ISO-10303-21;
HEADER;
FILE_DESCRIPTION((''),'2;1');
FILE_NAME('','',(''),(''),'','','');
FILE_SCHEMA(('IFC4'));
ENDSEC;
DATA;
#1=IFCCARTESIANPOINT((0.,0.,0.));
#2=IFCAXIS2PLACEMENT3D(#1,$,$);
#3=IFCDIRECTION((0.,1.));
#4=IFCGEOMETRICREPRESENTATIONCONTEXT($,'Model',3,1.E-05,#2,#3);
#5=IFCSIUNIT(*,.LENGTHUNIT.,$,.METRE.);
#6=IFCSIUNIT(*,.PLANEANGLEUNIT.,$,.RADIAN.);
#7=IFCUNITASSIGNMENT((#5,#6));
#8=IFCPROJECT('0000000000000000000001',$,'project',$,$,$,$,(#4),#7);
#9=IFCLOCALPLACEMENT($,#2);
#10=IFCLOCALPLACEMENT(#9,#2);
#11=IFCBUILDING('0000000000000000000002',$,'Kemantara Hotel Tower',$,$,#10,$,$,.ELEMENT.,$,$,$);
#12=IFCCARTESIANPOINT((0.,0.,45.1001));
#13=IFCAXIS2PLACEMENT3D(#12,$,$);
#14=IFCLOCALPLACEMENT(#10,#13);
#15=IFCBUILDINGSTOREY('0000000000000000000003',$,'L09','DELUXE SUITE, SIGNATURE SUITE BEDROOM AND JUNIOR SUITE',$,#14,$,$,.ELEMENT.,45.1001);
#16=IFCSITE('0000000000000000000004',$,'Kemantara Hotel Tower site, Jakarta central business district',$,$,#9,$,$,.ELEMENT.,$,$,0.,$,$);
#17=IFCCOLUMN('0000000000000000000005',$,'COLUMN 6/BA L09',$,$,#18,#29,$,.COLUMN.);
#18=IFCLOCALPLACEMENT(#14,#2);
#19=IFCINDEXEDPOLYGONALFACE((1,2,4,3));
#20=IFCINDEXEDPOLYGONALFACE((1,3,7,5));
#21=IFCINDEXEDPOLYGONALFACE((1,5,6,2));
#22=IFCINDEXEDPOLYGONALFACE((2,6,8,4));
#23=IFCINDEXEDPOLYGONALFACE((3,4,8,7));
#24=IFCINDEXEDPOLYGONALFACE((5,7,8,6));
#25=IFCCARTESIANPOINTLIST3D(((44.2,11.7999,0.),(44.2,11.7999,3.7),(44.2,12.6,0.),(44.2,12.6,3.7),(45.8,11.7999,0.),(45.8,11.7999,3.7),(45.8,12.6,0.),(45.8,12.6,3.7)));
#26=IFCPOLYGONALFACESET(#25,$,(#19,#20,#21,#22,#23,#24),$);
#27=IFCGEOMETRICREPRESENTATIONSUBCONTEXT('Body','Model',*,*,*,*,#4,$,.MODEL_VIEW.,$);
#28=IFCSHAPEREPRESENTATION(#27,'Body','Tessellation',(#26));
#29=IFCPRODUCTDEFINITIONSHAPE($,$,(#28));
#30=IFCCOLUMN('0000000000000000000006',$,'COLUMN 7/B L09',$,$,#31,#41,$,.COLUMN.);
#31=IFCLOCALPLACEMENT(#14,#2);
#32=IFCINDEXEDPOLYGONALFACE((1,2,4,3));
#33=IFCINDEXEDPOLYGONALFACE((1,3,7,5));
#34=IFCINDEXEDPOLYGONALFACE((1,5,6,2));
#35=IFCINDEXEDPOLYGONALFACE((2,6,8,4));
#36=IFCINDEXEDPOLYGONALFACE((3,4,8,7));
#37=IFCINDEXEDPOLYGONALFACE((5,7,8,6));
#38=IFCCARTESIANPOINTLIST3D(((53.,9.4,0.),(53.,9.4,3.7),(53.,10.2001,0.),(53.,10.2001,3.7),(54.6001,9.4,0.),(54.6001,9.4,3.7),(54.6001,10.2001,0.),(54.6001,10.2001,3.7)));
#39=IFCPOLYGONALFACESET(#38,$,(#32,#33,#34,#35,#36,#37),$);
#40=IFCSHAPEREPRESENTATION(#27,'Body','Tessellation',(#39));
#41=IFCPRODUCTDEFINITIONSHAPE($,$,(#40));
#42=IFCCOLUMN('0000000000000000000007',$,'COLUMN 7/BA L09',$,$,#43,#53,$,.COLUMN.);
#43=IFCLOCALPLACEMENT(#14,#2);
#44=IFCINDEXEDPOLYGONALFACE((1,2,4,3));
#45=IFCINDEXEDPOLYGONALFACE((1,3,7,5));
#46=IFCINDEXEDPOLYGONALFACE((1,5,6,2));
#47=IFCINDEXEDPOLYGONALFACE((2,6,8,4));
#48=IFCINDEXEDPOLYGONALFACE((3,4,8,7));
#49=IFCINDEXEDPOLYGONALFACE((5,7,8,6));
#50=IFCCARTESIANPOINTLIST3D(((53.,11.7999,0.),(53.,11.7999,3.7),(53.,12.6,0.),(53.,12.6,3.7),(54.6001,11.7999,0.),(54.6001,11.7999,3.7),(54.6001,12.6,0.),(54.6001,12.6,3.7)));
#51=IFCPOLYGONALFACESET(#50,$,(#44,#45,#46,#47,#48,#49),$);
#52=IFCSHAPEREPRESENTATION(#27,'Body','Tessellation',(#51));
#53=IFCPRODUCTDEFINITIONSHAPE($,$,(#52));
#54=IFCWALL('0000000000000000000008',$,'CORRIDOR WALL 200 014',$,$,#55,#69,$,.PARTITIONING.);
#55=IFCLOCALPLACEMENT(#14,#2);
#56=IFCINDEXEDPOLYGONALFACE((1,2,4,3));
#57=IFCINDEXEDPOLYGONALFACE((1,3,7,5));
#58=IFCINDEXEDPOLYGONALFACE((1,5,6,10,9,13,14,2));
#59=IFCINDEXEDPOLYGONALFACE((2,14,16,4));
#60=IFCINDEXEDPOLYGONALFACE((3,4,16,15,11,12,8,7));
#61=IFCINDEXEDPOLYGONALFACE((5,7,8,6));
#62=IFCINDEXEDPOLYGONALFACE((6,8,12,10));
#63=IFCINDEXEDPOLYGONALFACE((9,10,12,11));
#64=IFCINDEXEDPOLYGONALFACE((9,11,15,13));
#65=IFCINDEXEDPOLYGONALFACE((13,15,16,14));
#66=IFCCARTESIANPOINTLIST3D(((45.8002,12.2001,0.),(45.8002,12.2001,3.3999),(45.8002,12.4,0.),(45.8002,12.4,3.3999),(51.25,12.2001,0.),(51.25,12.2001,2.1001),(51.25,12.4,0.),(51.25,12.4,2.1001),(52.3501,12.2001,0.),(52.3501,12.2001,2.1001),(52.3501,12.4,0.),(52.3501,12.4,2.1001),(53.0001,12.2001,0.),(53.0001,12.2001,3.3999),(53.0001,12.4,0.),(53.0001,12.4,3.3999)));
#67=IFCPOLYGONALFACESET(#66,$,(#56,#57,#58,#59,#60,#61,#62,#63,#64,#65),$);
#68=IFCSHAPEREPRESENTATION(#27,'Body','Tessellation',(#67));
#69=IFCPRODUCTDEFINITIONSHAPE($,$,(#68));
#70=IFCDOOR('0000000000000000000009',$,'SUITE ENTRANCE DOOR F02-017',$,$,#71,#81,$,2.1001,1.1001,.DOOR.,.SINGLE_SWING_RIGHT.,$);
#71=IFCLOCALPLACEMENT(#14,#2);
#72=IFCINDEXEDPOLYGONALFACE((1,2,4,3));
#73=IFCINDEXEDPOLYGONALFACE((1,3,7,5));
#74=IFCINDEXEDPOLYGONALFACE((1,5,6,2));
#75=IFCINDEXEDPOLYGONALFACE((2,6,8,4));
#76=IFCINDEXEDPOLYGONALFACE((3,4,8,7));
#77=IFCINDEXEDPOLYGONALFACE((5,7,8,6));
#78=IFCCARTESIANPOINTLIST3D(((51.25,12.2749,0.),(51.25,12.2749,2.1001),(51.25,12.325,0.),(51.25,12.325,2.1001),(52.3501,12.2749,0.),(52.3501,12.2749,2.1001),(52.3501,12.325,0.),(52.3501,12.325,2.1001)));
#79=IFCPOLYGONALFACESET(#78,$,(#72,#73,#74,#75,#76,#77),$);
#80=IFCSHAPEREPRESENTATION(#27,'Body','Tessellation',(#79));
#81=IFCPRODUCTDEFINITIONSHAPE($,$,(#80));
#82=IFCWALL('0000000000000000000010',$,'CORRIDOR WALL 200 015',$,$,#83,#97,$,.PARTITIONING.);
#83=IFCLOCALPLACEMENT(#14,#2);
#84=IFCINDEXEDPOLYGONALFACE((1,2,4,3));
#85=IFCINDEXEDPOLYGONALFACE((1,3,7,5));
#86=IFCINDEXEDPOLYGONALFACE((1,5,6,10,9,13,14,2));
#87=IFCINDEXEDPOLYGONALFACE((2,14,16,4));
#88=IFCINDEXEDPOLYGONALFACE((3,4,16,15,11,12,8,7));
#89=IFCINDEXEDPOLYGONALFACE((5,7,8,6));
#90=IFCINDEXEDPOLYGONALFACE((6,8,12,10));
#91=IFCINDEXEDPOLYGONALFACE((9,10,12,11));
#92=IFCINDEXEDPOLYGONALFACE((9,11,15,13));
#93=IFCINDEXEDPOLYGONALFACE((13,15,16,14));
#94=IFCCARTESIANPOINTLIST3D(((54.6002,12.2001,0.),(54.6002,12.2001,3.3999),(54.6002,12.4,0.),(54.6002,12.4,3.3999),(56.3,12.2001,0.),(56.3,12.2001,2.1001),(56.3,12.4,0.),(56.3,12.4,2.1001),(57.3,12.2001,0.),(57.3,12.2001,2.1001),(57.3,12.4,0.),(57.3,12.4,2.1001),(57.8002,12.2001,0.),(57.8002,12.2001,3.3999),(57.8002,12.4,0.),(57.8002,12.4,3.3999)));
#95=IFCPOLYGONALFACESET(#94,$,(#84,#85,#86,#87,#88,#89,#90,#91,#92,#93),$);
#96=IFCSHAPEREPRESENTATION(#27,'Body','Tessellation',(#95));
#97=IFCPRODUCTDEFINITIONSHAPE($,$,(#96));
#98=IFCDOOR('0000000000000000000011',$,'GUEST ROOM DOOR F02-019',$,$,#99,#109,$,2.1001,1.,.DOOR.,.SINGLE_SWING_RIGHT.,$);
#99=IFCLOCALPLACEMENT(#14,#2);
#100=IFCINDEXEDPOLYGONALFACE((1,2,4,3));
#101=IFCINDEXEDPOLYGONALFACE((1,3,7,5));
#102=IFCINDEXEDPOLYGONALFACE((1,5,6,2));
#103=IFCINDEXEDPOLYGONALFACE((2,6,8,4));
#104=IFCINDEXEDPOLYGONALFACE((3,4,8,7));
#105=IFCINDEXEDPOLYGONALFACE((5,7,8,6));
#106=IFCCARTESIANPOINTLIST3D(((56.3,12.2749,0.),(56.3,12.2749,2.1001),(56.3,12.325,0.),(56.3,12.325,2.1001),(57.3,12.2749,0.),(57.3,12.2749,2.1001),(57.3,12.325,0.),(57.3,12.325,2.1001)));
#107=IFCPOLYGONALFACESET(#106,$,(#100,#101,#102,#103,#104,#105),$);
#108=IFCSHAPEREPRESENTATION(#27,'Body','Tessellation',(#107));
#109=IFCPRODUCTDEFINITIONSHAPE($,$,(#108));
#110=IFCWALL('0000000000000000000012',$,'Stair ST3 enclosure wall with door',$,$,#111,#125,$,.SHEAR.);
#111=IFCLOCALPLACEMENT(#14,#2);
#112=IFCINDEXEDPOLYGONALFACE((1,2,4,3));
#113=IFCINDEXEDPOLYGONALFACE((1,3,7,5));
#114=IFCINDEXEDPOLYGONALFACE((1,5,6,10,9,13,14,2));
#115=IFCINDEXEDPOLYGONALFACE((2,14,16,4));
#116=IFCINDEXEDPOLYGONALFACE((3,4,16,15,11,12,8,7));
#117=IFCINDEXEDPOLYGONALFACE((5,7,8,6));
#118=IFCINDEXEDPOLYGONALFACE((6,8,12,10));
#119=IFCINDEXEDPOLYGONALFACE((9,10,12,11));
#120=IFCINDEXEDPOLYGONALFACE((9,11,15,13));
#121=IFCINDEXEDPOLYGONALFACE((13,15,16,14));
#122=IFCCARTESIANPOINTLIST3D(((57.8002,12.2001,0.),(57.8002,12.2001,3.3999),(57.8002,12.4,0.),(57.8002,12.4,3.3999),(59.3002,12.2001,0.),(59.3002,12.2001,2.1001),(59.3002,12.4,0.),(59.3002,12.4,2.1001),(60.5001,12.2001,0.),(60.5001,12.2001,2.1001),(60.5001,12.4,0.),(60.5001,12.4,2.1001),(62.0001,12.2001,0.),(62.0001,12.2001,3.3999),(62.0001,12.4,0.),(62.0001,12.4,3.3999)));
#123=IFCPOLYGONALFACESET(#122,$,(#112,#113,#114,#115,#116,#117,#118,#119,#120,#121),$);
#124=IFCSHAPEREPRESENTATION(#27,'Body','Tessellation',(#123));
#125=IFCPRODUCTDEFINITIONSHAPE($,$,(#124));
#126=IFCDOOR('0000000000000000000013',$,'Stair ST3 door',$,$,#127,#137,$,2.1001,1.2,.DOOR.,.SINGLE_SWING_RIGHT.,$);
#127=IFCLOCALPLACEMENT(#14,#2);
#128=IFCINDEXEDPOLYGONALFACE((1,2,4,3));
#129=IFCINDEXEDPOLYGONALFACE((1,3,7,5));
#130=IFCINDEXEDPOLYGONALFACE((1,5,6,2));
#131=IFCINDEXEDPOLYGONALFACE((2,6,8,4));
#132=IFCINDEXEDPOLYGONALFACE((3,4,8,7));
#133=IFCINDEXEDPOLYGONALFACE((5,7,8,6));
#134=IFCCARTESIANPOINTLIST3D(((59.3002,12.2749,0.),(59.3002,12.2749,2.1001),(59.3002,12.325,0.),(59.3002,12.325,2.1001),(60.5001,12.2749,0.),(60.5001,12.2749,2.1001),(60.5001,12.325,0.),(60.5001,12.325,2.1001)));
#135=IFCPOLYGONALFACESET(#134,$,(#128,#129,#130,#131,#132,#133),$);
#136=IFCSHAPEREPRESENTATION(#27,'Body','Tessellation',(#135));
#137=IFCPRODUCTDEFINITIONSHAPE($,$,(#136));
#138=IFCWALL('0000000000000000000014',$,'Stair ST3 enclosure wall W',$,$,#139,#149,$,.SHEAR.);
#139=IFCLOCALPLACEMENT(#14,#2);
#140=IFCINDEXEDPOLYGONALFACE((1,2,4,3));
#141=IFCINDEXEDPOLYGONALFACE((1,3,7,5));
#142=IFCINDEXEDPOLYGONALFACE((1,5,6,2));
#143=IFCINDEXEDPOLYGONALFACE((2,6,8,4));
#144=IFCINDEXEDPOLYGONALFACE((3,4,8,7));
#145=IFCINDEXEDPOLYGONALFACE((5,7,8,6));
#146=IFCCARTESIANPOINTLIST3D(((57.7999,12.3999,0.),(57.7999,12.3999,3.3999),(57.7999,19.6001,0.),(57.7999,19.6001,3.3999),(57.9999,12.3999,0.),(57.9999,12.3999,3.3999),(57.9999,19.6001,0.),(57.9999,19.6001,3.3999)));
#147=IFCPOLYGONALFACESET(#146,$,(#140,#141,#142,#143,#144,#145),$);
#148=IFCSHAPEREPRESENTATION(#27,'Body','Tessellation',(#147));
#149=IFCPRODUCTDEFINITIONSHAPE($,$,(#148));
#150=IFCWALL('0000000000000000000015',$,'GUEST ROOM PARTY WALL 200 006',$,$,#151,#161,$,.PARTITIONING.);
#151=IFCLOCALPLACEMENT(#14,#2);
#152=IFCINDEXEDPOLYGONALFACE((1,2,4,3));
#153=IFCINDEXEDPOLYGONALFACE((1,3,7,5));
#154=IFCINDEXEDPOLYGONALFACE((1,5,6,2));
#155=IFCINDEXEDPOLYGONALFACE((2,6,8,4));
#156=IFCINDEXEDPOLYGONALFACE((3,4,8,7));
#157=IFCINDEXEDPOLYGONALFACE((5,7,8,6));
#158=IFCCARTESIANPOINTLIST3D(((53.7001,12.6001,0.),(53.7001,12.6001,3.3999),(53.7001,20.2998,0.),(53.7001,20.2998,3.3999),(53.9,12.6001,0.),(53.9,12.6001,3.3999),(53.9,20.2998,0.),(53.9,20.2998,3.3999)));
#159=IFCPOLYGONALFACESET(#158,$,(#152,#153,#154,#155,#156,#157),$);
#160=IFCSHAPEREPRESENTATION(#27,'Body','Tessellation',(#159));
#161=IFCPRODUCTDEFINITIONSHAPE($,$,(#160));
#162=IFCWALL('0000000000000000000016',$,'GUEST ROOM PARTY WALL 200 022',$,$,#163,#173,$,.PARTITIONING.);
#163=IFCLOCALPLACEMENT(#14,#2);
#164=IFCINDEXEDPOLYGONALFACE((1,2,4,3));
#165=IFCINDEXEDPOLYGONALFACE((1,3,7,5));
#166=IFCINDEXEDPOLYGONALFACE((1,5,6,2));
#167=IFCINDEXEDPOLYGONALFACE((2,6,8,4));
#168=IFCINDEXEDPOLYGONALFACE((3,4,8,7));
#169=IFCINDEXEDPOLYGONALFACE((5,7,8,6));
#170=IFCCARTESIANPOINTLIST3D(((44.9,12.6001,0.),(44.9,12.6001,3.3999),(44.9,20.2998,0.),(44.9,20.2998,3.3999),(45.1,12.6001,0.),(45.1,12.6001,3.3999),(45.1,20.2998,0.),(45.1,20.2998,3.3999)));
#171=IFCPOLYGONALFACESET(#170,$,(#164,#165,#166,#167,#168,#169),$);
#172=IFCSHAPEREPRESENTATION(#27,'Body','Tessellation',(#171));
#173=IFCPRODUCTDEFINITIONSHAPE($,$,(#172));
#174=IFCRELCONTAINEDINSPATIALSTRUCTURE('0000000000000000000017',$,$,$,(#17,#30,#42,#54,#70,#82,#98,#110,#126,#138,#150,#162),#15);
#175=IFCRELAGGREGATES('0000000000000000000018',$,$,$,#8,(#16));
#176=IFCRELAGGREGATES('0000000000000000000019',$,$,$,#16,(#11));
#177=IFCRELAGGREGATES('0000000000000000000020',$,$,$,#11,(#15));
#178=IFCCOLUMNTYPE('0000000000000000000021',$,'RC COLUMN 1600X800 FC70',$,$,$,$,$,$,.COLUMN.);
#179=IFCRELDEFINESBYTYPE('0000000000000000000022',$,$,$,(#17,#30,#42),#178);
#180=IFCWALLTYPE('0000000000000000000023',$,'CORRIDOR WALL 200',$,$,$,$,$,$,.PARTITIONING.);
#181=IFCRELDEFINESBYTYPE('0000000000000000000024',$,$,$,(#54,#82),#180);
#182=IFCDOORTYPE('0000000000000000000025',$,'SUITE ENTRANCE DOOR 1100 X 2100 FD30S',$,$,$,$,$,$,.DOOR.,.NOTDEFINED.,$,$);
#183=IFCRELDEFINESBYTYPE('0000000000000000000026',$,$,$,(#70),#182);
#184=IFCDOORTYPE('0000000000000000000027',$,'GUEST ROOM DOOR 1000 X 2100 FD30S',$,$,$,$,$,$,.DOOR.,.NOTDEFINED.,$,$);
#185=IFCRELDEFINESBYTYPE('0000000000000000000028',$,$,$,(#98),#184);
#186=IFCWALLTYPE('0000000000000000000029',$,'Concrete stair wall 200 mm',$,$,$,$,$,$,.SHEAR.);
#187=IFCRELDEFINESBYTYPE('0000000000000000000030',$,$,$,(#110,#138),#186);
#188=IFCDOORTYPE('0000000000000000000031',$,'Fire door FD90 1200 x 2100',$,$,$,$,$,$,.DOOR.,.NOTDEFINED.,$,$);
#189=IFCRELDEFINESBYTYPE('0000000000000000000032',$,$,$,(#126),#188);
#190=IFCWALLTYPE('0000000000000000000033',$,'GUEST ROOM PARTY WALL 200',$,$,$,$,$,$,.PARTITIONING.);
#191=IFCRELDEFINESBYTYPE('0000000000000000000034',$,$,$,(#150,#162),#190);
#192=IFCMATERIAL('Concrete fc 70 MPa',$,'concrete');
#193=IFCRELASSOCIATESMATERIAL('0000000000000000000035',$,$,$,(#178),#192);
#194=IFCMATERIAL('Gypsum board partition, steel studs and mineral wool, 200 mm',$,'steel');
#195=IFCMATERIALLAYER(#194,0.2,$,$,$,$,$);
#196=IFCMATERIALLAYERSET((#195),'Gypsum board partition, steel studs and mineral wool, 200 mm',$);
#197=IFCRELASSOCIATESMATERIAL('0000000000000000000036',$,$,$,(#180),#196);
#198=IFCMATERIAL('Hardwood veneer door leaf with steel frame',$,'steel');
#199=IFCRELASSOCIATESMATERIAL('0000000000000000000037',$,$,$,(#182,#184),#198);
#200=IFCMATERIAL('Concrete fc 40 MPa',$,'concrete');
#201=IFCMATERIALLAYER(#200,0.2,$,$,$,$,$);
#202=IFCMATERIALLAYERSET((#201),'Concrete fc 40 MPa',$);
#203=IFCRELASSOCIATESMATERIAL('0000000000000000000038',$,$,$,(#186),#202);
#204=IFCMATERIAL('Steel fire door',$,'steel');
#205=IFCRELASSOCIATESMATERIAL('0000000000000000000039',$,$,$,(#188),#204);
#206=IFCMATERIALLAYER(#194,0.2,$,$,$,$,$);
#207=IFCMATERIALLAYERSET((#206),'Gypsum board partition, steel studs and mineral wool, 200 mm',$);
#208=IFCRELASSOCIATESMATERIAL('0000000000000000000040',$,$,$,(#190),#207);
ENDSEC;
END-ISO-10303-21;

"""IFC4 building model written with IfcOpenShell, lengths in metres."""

from ifc_helpers import new_model, si_unit, direction, frame, frame_2d, origin, origin_2d, place, context, subcontext, project, spatial, rectangle, extrude, material, layer, layer_set, material_profile, profile_set, type_object, element, fill, save


model = new_model("IFC4")

# Units and contexts
model_context = context("Model", 3, precision=1e-05, world=origin(), true_north=direction((0.0, 1.0)))
body_context = subcontext(model_context, "Body", "Model", "MODEL_VIEW")
ifc_project = project(units=[si_unit("LENGTHUNIT", "METRE"), si_unit("PLANEANGLEUNIT", "RADIAN")], contexts=[model_context])

# Site, building, storey
site_placement = place(None, origin())
site = spatial("IfcSite", under=ifc_project, at=site_placement, Name="Kemantara Hotel Tower site, Jakarta central business district", CompositionType="ELEMENT", RefElevation=0.0)
building_placement = place(site_placement, origin())
building = spatial("IfcBuilding", under=site, at=building_placement, Name="Kemantara Hotel Tower", CompositionType="ELEMENT")
storey_placement = place(building_placement, frame((0.0, 0.0, 45.1001)))
storey = spatial("IfcBuildingStorey", under=building, at=storey_placement, Name="L09", Description="DELUXE SUITE, SIGNATURE SUITE BEDROOM AND JUNIOR SUITE", CompositionType="ELEMENT", Elevation=45.1001)

# Columns
ifc_material_1 = material(Name="Concrete fc 70 MPa", Category="concrete")
ifc_material_profile = material_profile(ifc_material_1, rectangle(XDim=1.6001, YDim=0.8, at=origin_2d()), Name="RC 1600X800")
ifc_profile_set = profile_set([ifc_material_profile], Name="Concrete fc 70 MPa")
column_type = type_object("IfcColumnType", Name="RC COLUMN 1600X800 FC70", PredefinedType="COLUMN", material=ifc_profile_set)
for number, where, z_axis, x_axis, name in (
    (1, (45.0, 12.2, 0.0), (0.0, 0.0, 1.0), (1.0, 0.0, 0.0), "COLUMN 6/BA L09"),
    (2, (53.8, 9.8, 0.0), (0.0, 0.0, 1.0), (1.0, 0.0, 0.0), "COLUMN 7/B L09"),
    (3, (53.8, 12.2, 0.0), (0.0, 0.0, 1.0), (1.0, 0.0, 0.0), "COLUMN 7/BA L09"),
):
    element("IfcColumn", number, at=place(storey_placement, frame(where, z_axis=z_axis, x_axis=x_axis)), inside=storey, type_object=column_type, Name=name, PredefinedType="COLUMN", context=body_context, shape_type="SweptSolid", body=[
        extrude(rectangle(XDim=1.6001, YDim=0.8, at=origin_2d()), origin(), (0.0, 0.0, 1.0), 3.7),
    ])

# Walls, openings, doors
ifc_material_2 = material(Name="Gypsum board partition, steel studs and mineral wool, 200 mm", Category="steel")
ifc_layer_1 = layer(ifc_material_2, 0.2)
ifc_layer_set_1 = layer_set([ifc_layer_1], Name="Gypsum board partition, steel studs and mineral wool, 200 mm")
wall_type_1 = type_object("IfcWallType", Name="CORRIDOR WALL 200", PredefinedType="PARTITIONING", material=ifc_layer_set_1)
wall_1_placement = place(storey_placement, frame((45.8, 12.3, 0.0), z_axis=(0.0, 0.0, 1.0), x_axis=(1.0, 0.0, 0.0)))
wall_1 = element("IfcWall", 4, at=wall_1_placement, inside=storey, type_object=wall_type_1, Name="CORRIDOR WALL 200 014", PredefinedType="PARTITIONING", context=body_context, shape_type="SweptSolid", body=[
    extrude(rectangle(XDim=7.2, YDim=0.2, at=frame_2d((3.6001, 0.0))), origin(), (0.0, 0.0, 1.0), 3.3999),
])
opening_1_placement = place(wall_1_placement, frame((5.45, 0.0, 0.0)))
opening_1 = element("IfcOpeningElement", 5, at=opening_1_placement, cuts=wall_1, PredefinedType="OPENING", context=body_context, shape_type="SweptSolid", body=[
    extrude(rectangle(XDim=1.1001, YDim=2.1001, at=frame_2d((0.55, 1.05))), frame((0.0, 0.1099, 0.0), z_axis=(0.0, -1.0, 0.0), x_axis=(1.0, 0.0, 0.0)), (0.0, 0.0, 1.0), 0.22),
])
ifc_material_3 = material(Name="Hardwood veneer door leaf with steel frame", Category="steel")
door_type_1 = type_object("IfcDoorType", Name="SUITE ENTRANCE DOOR 1100 X 2100 FD30S", OperationType="NOTDEFINED", PredefinedType="DOOR", material=ifc_material_3)
door_1_placement = place(opening_1_placement, origin())
door_1 = element("IfcDoor", 6, at=door_1_placement, inside=storey, type_object=door_type_1, Name="SUITE ENTRANCE DOOR F02-017", OperationType="SINGLE_SWING_RIGHT", OverallHeight=2.1001, OverallWidth=1.1001, PredefinedType="DOOR", context=body_context, shape_type="SweptSolid", body=[
    extrude(rectangle(XDim=1.1001, YDim=2.1001, at=frame_2d((0.55, 1.05))), frame((0.0, 0.0249, 0.0), z_axis=(0.0, -1.0, 0.0), x_axis=(1.0, 0.0, 0.0)), (0.0, 0.0, 1.0), 0.05),
])
fill(opening_1, door_1)
wall_2_placement = place(storey_placement, frame((54.6001, 12.3, 0.0), z_axis=(0.0, 0.0, 1.0), x_axis=(1.0, 0.0, 0.0)))
wall_2 = element("IfcWall", 7, at=wall_2_placement, inside=storey, type_object=wall_type_1, Name="CORRIDOR WALL 200 015", PredefinedType="PARTITIONING", context=body_context, shape_type="SweptSolid", body=[
    extrude(rectangle(XDim=3.2, YDim=0.2, at=frame_2d((1.6001, 0.0))), origin(), (0.0, 0.0, 1.0), 3.3999),
])
opening_2_placement = place(wall_2_placement, frame((1.7, 0.0, 0.0)))
opening_2 = element("IfcOpeningElement", 8, at=opening_2_placement, cuts=wall_2, PredefinedType="OPENING", context=body_context, shape_type="SweptSolid", body=[
    extrude(rectangle(XDim=1.0, YDim=2.1001, at=frame_2d((0.5, 1.05))), frame((0.0, 0.1099, 0.0), z_axis=(0.0, -1.0, 0.0), x_axis=(1.0, 0.0, 0.0)), (0.0, 0.0, 1.0), 0.22),
])
door_type_2 = type_object("IfcDoorType", Name="GUEST ROOM DOOR 1000 X 2100 FD30S", OperationType="NOTDEFINED", PredefinedType="DOOR", material=ifc_material_3)
door_2_placement = place(opening_2_placement, origin())
door_2 = element("IfcDoor", 9, at=door_2_placement, inside=storey, type_object=door_type_2, Name="GUEST ROOM DOOR F02-019", OperationType="SINGLE_SWING_RIGHT", OverallHeight=2.1001, OverallWidth=1.0, PredefinedType="DOOR", context=body_context, shape_type="SweptSolid", body=[
    extrude(rectangle(XDim=1.0, YDim=2.1001, at=frame_2d((0.5, 1.05))), frame((0.0, 0.0249, 0.0), z_axis=(0.0, -1.0, 0.0), x_axis=(1.0, 0.0, 0.0)), (0.0, 0.0, 1.0), 0.05),
])
fill(opening_2, door_2)
ifc_material_4 = material(Name="Concrete fc 40 MPa", Category="concrete")
ifc_layer_2 = layer(ifc_material_4, 0.2)
ifc_layer_set_2 = layer_set([ifc_layer_2], Name="Concrete fc 40 MPa")
wall_type_2 = type_object("IfcWallType", Name="Concrete stair wall 200 mm", PredefinedType="SHEAR", material=ifc_layer_set_2)
wall_3_placement = place(storey_placement, frame((57.8, 12.3, 0.0), z_axis=(0.0, 0.0, 1.0), x_axis=(1.0, 0.0, 0.0)))
wall_3 = element("IfcWall", 10, at=wall_3_placement, inside=storey, type_object=wall_type_2, Name="Stair ST3 enclosure wall with door", PredefinedType="SHEAR", context=body_context, shape_type="SweptSolid", body=[
    extrude(rectangle(XDim=4.2, YDim=0.2, at=frame_2d((2.1001, 0.0))), origin(), (0.0, 0.0, 1.0), 3.3999),
])
opening_3_placement = place(wall_3_placement, frame((1.5, 0.0, 0.0)))
opening_3 = element("IfcOpeningElement", 11, at=opening_3_placement, cuts=wall_3, PredefinedType="OPENING", context=body_context, shape_type="SweptSolid", body=[
    extrude(rectangle(XDim=1.2, YDim=2.1001, at=frame_2d((0.6001, 1.05))), frame((0.0, 0.1099, 0.0), z_axis=(0.0, -1.0, 0.0), x_axis=(1.0, 0.0, 0.0)), (0.0, 0.0, 1.0), 0.22),
])
ifc_material_5 = material(Name="Steel fire door", Category="steel")
door_type_3 = type_object("IfcDoorType", Name="Fire door FD90 1200 x 2100", OperationType="NOTDEFINED", PredefinedType="DOOR", material=ifc_material_5)
door_3_placement = place(opening_3_placement, origin())
door_3 = element("IfcDoor", 12, at=door_3_placement, inside=storey, type_object=door_type_3, Name="Stair ST3 door", OperationType="SINGLE_SWING_RIGHT", OverallHeight=2.1001, OverallWidth=1.2, PredefinedType="DOOR", context=body_context, shape_type="SweptSolid", body=[
    extrude(rectangle(XDim=1.2, YDim=2.1001, at=frame_2d((0.6001, 1.05))), frame((0.0, 0.0249, 0.0), z_axis=(0.0, -1.0, 0.0), x_axis=(1.0, 0.0, 0.0)), (0.0, 0.0, 1.0), 0.05),
])
fill(opening_3, door_3)

# Walls
wall_4_placement = place(storey_placement, frame((57.8999, 12.3999, 0.0), z_axis=(0.0, 0.0, 1.0), x_axis=(0.0, 1.0, 0.0)))
element("IfcWall", 13, at=wall_4_placement, inside=storey, type_object=wall_type_2, Name="Stair ST3 enclosure wall W", PredefinedType="SHEAR", context=body_context, shape_type="SweptSolid", body=[
    extrude(rectangle(XDim=7.2002, YDim=0.2, at=frame_2d((3.6001, 0.0))), origin(), (0.0, 0.0, 1.0), 3.3999),
])
ifc_layer_3 = layer(ifc_material_2, 0.2)
ifc_layer_set_3 = layer_set([ifc_layer_3], Name="Gypsum board partition, steel studs and mineral wool, 200 mm")
wall_type_3 = type_object("IfcWallType", Name="GUEST ROOM PARTY WALL 200", PredefinedType="PARTITIONING", material=ifc_layer_set_3)
for number, where, z_axis, x_axis, name in (
    (14, (53.8, 12.6001, 0.0), (0.0, 0.0, 1.0), (0.0, 1.0, 0.0), "GUEST ROOM PARTY WALL 200 006"),
    (15, (45.0, 12.6001, 0.0), (0.0, 0.0, 1.0), (0.0, 1.0, 0.0), "GUEST ROOM PARTY WALL 200 022"),
):
    element("IfcWall", number, at=place(storey_placement, frame(where, z_axis=z_axis, x_axis=x_axis)), inside=storey, type_object=wall_type_3, Name=name, PredefinedType="PARTITIONING", context=body_context, shape_type="SweptSolid", body=[
        extrude(rectangle(XDim=7.6997, YDim=0.2, at=frame_2d((3.8499, 0.0))), origin(), (0.0, 0.0, 1.0), 3.3999),
    ])

save(model, "model.ifc")
